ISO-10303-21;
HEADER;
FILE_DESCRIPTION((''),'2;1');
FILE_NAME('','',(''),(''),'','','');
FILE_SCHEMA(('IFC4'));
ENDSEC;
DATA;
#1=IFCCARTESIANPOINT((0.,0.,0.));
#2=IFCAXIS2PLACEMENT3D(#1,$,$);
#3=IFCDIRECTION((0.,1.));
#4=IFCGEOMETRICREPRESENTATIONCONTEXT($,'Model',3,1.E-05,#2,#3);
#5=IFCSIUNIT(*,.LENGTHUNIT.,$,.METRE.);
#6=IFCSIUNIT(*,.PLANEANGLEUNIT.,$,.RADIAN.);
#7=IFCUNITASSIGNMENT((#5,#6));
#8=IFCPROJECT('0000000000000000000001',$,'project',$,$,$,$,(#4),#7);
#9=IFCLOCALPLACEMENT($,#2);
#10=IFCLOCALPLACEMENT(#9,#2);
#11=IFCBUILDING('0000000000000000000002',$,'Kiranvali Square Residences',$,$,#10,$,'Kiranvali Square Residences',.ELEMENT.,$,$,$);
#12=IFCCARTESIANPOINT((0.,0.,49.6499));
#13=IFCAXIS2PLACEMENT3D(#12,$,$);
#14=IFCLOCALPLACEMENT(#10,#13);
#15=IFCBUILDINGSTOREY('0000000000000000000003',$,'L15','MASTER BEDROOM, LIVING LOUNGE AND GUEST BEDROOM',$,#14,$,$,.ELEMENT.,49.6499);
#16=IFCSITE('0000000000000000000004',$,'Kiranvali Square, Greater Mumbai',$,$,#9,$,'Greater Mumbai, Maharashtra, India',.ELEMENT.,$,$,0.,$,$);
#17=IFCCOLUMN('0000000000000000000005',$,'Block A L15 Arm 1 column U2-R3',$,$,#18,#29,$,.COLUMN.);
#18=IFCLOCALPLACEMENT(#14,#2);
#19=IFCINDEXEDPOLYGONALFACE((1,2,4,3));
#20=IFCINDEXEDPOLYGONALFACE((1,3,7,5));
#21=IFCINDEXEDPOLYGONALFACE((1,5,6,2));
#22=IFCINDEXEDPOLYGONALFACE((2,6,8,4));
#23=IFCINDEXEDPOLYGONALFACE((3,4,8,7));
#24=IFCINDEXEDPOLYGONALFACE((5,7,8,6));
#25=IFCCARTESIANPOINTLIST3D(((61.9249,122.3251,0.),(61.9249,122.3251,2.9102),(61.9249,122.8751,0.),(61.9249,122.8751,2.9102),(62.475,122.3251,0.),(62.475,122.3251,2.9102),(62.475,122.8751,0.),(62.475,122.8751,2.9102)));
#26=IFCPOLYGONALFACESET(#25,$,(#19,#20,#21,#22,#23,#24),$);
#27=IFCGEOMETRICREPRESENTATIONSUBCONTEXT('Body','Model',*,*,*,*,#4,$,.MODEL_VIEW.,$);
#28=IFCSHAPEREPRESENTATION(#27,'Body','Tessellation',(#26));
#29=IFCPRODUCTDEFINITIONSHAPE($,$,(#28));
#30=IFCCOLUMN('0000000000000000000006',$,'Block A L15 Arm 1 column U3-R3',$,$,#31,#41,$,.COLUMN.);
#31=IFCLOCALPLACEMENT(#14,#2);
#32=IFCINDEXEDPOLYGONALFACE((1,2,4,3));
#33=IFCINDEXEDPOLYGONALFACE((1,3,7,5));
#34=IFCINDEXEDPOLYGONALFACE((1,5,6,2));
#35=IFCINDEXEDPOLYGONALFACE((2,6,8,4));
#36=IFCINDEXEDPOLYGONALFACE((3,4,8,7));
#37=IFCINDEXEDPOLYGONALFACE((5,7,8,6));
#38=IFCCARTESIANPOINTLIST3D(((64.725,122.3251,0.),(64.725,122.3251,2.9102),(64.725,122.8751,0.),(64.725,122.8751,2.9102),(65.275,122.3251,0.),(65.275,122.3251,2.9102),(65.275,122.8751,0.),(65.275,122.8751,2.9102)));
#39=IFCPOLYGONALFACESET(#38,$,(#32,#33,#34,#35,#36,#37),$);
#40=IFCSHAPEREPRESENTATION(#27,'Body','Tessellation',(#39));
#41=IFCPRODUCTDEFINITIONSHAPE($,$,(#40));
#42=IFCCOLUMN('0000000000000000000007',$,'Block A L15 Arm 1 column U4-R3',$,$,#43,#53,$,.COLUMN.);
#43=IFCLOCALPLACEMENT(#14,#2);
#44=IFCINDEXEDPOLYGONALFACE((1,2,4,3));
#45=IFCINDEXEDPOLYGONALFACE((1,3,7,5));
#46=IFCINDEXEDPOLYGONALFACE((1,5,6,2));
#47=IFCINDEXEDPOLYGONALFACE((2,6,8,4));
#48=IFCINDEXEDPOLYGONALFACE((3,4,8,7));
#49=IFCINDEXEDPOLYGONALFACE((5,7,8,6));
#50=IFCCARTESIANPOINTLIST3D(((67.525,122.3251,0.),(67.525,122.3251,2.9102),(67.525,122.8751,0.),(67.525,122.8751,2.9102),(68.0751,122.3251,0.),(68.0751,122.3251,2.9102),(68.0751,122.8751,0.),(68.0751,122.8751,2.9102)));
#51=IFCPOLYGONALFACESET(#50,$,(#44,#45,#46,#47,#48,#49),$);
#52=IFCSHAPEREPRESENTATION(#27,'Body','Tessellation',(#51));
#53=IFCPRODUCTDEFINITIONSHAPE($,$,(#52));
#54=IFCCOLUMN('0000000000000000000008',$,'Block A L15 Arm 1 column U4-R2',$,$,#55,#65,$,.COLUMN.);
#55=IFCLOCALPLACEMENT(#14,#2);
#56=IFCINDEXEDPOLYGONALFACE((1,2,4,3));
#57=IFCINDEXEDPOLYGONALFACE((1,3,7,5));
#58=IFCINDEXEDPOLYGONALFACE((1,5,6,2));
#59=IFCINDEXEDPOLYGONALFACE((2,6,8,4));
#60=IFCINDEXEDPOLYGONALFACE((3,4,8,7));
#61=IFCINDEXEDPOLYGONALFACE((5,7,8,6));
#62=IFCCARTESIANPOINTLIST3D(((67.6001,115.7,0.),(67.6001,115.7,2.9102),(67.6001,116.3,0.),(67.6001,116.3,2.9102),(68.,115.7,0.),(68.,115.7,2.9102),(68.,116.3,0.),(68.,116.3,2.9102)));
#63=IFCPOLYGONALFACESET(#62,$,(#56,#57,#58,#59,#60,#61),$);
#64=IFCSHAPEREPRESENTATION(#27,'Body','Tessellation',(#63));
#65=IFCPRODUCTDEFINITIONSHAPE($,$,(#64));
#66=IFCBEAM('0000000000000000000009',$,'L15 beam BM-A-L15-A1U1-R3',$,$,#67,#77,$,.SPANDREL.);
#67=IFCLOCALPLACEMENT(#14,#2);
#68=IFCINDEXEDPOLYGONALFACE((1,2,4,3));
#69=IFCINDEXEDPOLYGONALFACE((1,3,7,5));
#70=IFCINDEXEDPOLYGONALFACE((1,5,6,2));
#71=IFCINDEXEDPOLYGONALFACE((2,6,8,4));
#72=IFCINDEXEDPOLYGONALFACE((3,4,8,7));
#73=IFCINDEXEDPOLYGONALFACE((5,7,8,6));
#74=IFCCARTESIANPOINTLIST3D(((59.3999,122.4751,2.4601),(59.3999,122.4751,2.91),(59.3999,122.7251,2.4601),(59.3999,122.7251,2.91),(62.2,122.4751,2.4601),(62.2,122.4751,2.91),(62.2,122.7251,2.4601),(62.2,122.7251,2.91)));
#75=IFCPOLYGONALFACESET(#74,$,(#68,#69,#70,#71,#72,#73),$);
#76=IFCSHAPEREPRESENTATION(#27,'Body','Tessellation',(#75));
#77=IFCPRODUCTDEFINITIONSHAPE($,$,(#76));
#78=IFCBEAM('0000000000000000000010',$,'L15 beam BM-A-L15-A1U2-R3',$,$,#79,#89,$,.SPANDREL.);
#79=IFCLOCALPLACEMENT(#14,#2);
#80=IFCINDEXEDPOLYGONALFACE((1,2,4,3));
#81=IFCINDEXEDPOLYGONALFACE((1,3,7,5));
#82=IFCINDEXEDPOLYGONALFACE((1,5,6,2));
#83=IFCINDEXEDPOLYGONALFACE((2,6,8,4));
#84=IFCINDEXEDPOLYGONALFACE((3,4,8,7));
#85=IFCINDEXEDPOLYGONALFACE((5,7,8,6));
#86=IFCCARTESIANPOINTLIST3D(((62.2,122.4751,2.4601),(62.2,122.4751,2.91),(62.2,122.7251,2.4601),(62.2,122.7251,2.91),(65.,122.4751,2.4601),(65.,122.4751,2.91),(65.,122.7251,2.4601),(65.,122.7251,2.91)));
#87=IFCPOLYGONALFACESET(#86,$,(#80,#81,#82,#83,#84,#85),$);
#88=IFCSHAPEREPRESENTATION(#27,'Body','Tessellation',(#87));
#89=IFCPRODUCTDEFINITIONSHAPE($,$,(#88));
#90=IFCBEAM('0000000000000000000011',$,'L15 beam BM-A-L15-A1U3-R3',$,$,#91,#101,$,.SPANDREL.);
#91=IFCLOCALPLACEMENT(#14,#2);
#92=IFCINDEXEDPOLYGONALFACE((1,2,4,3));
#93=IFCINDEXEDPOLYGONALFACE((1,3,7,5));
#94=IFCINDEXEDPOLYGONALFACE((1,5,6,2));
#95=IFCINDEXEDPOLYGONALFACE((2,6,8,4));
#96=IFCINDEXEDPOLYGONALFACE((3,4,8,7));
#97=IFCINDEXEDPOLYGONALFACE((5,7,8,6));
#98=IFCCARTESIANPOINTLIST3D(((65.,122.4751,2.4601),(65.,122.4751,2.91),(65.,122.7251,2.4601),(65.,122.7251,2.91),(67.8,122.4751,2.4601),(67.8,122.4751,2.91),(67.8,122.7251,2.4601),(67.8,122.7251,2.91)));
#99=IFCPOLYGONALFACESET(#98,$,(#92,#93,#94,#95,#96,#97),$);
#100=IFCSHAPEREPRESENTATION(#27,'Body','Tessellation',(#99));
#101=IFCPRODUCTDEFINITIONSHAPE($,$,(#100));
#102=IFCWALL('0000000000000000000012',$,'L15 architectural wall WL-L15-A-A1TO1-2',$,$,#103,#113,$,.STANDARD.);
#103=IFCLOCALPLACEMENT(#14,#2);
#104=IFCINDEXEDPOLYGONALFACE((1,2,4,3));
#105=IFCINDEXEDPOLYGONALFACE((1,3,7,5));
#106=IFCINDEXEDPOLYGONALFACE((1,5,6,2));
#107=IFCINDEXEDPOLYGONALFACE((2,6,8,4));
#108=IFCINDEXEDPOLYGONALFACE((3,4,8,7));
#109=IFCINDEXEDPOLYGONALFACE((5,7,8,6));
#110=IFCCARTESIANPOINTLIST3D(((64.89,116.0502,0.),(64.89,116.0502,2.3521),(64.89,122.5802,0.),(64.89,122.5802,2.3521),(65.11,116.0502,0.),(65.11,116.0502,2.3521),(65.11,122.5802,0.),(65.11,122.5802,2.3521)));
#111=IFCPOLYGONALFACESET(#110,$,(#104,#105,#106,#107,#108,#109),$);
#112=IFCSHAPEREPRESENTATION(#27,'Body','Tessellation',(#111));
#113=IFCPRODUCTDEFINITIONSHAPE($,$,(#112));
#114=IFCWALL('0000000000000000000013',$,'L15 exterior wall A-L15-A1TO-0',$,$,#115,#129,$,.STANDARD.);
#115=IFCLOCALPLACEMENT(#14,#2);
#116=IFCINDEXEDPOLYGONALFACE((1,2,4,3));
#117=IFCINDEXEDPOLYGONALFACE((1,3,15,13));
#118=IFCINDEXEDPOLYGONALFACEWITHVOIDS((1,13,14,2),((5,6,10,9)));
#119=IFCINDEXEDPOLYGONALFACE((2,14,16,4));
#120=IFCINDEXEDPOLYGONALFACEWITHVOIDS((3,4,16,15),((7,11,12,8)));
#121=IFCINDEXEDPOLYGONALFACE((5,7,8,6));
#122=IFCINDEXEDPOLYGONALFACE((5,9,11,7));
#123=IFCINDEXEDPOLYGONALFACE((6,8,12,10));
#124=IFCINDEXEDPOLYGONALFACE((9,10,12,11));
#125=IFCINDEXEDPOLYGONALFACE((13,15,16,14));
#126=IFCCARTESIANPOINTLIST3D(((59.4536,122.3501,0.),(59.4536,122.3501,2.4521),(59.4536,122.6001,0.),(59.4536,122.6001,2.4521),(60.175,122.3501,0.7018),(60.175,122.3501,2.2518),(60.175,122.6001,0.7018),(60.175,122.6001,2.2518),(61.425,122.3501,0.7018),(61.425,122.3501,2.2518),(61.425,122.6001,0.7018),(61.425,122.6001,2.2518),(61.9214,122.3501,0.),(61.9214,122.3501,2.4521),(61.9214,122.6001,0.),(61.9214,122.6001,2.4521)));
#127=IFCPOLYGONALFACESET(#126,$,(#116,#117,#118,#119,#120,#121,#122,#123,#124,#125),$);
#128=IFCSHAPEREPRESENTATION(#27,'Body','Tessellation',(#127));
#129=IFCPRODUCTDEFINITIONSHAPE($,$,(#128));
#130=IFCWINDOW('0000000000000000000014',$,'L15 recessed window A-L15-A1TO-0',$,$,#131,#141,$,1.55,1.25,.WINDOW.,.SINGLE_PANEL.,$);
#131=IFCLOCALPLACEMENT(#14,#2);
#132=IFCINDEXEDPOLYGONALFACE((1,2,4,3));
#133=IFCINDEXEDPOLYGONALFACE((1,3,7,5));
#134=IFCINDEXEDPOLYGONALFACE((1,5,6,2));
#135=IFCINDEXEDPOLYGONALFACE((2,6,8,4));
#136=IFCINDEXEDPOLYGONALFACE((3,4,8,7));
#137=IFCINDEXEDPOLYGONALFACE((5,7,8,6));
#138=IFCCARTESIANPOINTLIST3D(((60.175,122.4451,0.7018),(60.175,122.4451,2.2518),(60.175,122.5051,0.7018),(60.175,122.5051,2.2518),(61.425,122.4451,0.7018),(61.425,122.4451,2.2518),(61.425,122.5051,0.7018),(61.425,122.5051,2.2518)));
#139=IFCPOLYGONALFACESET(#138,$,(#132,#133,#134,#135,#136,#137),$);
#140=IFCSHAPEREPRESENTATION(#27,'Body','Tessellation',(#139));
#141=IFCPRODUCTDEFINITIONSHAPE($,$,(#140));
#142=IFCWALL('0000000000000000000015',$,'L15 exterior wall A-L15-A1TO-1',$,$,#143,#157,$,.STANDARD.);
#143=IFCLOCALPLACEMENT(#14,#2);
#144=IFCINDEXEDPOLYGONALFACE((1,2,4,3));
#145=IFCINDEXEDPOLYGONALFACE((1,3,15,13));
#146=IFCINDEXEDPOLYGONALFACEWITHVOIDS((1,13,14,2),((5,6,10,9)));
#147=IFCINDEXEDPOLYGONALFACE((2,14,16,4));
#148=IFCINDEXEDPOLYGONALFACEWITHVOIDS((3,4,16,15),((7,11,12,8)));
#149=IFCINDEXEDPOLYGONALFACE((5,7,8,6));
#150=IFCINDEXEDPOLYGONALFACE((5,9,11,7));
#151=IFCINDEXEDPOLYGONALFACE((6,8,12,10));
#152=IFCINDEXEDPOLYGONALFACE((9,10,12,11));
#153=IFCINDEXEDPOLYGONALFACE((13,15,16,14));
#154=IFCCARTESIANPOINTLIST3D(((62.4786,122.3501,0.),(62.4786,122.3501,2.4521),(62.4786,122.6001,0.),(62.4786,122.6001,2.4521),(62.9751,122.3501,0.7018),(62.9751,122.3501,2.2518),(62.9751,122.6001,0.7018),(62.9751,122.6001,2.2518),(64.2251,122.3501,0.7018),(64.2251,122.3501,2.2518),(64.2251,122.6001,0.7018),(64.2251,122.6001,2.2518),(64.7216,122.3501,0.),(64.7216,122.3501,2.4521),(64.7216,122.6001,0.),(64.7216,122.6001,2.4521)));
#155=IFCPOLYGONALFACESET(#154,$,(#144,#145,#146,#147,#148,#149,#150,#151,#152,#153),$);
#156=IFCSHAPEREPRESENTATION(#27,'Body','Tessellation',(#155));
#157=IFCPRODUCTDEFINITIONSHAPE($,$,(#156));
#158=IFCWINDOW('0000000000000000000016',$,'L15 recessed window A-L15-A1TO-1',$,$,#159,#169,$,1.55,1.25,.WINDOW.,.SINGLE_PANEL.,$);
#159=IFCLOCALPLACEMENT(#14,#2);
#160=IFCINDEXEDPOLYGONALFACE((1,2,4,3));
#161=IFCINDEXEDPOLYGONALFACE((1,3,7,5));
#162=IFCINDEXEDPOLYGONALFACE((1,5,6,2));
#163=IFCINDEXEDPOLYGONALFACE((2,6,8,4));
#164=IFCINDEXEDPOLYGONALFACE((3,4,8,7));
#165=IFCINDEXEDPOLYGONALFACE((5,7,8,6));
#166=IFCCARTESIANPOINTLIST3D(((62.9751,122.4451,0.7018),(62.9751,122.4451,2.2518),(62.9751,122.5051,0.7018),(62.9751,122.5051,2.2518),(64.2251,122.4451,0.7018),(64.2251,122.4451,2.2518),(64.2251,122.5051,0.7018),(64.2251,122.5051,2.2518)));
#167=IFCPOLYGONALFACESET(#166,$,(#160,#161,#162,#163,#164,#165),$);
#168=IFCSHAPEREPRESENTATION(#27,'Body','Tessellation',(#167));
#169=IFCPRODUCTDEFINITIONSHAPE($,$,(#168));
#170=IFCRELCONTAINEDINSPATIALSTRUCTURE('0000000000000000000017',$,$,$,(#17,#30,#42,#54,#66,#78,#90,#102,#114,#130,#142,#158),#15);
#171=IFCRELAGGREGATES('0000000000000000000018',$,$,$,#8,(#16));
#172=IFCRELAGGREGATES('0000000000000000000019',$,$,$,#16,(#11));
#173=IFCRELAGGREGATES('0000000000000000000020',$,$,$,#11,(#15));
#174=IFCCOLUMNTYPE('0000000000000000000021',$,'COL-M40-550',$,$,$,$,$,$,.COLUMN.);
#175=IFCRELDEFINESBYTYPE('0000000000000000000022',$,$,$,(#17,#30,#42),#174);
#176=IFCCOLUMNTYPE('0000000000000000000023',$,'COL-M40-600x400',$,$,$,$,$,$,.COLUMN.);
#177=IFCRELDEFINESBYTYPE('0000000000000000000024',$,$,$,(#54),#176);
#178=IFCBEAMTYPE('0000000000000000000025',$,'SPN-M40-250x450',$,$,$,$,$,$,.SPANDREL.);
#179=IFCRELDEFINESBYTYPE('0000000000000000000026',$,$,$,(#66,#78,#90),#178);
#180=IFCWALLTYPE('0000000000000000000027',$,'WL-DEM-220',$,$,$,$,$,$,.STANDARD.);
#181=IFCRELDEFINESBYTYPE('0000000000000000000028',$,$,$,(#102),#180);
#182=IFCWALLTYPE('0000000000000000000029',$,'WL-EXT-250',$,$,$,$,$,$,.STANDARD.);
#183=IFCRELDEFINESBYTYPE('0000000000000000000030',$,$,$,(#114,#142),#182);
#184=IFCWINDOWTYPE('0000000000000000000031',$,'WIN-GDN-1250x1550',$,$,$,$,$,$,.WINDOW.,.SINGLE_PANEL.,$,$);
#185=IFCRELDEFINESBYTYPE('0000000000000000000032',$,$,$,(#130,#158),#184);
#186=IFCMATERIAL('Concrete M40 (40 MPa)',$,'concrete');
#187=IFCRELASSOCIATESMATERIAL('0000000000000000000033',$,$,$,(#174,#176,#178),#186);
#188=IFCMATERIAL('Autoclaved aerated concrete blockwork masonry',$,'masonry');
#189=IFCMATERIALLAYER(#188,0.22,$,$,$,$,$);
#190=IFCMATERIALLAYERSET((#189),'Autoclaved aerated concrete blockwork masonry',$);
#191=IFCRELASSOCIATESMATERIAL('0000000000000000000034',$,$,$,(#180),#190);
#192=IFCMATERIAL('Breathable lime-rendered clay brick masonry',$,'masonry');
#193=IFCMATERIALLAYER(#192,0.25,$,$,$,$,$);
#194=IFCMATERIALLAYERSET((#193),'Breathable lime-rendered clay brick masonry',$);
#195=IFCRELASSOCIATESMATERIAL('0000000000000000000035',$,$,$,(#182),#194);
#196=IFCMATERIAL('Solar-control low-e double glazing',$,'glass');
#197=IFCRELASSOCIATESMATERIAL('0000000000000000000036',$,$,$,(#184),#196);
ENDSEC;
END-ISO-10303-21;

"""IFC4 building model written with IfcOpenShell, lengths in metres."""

from ifc_helpers import new_model, si_unit, direction, frame, frame_2d, origin, origin_2d, place, context, subcontext, project, spatial, rectangle, extrude, material, layer, layer_set, material_profile, profile_set, type_object, element, fill, save


model = new_model("IFC4")

# Units and contexts
model_context = context("Model", 3, precision=1e-05, world=origin(), true_north=direction((0.0, 1.0)))
body_context = subcontext(model_context, "Body", "Model", "MODEL_VIEW")
ifc_project = project(units=[si_unit("LENGTHUNIT", "METRE"), si_unit("PLANEANGLEUNIT", "RADIAN")], contexts=[model_context])

# Site, building, storey
site_placement = place(None, origin())
site = spatial("IfcSite", under=ifc_project, at=site_placement, Name="Kiranvali Square, Greater Mumbai", LongName="Greater Mumbai, Maharashtra, India", CompositionType="ELEMENT", RefElevation=0.0)
building_placement = place(site_placement, origin())
building = spatial("IfcBuilding", under=site, at=building_placement, Name="Kiranvali Square Residences", LongName="Kiranvali Square Residences", CompositionType="ELEMENT")
storey_placement = place(building_placement, frame((0.0, 0.0, 49.6499)))
storey = spatial("IfcBuildingStorey", under=building, at=storey_placement, Name="L15", Description="MASTER BEDROOM, LIVING LOUNGE AND GUEST BEDROOM", CompositionType="ELEMENT", Elevation=49.6499)

# Columns
ifc_material_1 = material(Name="Concrete M40 (40 MPa)", Category="concrete")
ifc_material_profile_1 = material_profile(ifc_material_1, rectangle(XDim=0.55, YDim=0.55, at=origin_2d()), Name="RC 550x550")
ifc_profile_set_1 = profile_set([ifc_material_profile_1], Name="Concrete M40 (40 MPa)")
column_type_1 = type_object("IfcColumnType", Name="COL-M40-550", PredefinedType="COLUMN", material=ifc_profile_set_1)
for number, where, z_axis, x_axis, name in (
    (1, (62.2, 122.6001, 0.0), (0.0, 0.0, 1.0), (1.0, 0.0, 0.0), "Block A L15 Arm 1 column U2-R3"),
    (2, (65.0, 122.6001, 0.0), (0.0, 0.0, 1.0), (1.0, 0.0, 0.0), "Block A L15 Arm 1 column U3-R3"),
    (3, (67.8, 122.6001, 0.0), (0.0, 0.0, 1.0), (1.0, 0.0, 0.0), "Block A L15 Arm 1 column U4-R3"),
):
    element("IfcColumn", number, at=place(storey_placement, frame(where, z_axis=z_axis, x_axis=x_axis)), inside=storey, type_object=column_type_1, Name=name, PredefinedType="COLUMN", context=body_context, shape_type="SweptSolid", body=[
        extrude(rectangle(XDim=0.55, YDim=0.55, at=origin_2d()), origin(), (0.0, 0.0, 1.0), 2.9102),
    ])
ifc_material_profile_2 = material_profile(ifc_material_1, rectangle(XDim=0.3999, YDim=0.6001, at=origin_2d()), Name="RC 600x400")
ifc_profile_set_2 = profile_set([ifc_material_profile_2], Name="Concrete M40 (40 MPa)")
column_type_2 = type_object("IfcColumnType", Name="COL-M40-600x400", PredefinedType="COLUMN", material=ifc_profile_set_2)
column_placement = place(storey_placement, frame((67.8, 116.0, 0.0), z_axis=(0.0, 0.0, 1.0), x_axis=(1.0, 0.0, 0.0)))
element("IfcColumn", 4, at=column_placement, inside=storey, type_object=column_type_2, Name="Block A L15 Arm 1 column U4-R2", PredefinedType="COLUMN", context=body_context, shape_type="SweptSolid", body=[
    extrude(rectangle(XDim=0.3999, YDim=0.6001, at=origin_2d()), origin(), (0.0, 0.0, 1.0), 2.9102),
])

# Beams
ifc_material_profile_3 = material_profile(ifc_material_1, rectangle(XDim=0.25, YDim=0.45, at=origin_2d()), Name="RC 250x450")
ifc_profile_set_3 = profile_set([ifc_material_profile_3], Name="Concrete M40 (40 MPa)")
beam_type = type_object("IfcBeamType", Name="SPN-M40-250x450", PredefinedType="SPANDREL", material=ifc_profile_set_3)
for number, where, z_axis, x_axis, name in (
    (5, (59.3999, 122.6001, 2.6851), (1.0, 0.0, 0.0), (0.0, 1.0, 0.0), "L15 beam BM-A-L15-A1U1-R3"),
    (6, (62.2, 122.6001, 2.6851), (1.0, 0.0, 0.0), (0.0, 1.0, 0.0), "L15 beam BM-A-L15-A1U2-R3"),
    (7, (65.0, 122.6001, 2.6851), (1.0, 0.0, 0.0), (0.0, 1.0, 0.0), "L15 beam BM-A-L15-A1U3-R3"),
):
    element("IfcBeam", number, at=place(storey_placement, frame(where, z_axis=z_axis, x_axis=x_axis)), inside=storey, type_object=beam_type, Name=name, PredefinedType="SPANDREL", context=body_context, shape_type="SweptSolid", body=[
        extrude(rectangle(XDim=0.25, YDim=0.45, at=origin_2d()), origin(), (0.0, 0.0, 1.0), 2.8),
    ])

# Wall
ifc_material_2 = material(Name="Autoclaved aerated concrete blockwork masonry", Category="masonry")
ifc_layer_1 = layer(ifc_material_2, 0.22)
ifc_layer_set_1 = layer_set([ifc_layer_1], Name="Autoclaved aerated concrete blockwork masonry")
wall_type_1 = type_object("IfcWallType", Name="WL-DEM-220", PredefinedType="STANDARD", material=ifc_layer_set_1)
wall_1_placement = place(storey_placement, frame((65.0, 116.05, 0.0), z_axis=(0.0, 0.0, 1.0), x_axis=(0.0, 1.0, 0.0)))
element("IfcWall", 8, at=wall_1_placement, inside=storey, type_object=wall_type_1, Name="L15 architectural wall WL-L15-A-A1TO1-2", PredefinedType="STANDARD", context=body_context, shape_type="SweptSolid", body=[
    extrude(rectangle(XDim=6.53, YDim=0.22, at=frame_2d((3.2651, 0.0))), origin(), (0.0, 0.0, 1.0), 2.3521),
])

# Walls, openings, windows
ifc_material_3 = material(Name="Breathable lime-rendered clay brick masonry", Category="masonry")
ifc_layer_2 = layer(ifc_material_3, 0.25)
ifc_layer_set_2 = layer_set([ifc_layer_2], Name="Breathable lime-rendered clay brick masonry")
wall_type_2 = type_object("IfcWallType", Name="WL-EXT-250", PredefinedType="STANDARD", material=ifc_layer_set_2)
wall_2_placement = place(storey_placement, frame((59.4536, 122.4751, 0.0), z_axis=(0.0, 0.0, 1.0), x_axis=(1.0, 0.0, 0.0)))
wall_2 = element("IfcWall", 9, at=wall_2_placement, inside=storey, type_object=wall_type_2, Name="L15 exterior wall A-L15-A1TO-0", PredefinedType="STANDARD", context=body_context, shape_type="SweptSolid", body=[
    extrude(rectangle(XDim=2.4678, YDim=0.25, at=frame_2d((1.2339, 0.0))), origin(), (0.0, 0.0, 1.0), 2.4521),
])
opening_1_placement = place(wall_2_placement, frame((0.7214, 0.0, 0.7019)))
opening_1 = element("IfcOpeningElement", 10, at=opening_1_placement, cuts=wall_2, PredefinedType="OPENING", context=body_context, shape_type="SweptSolid", body=[
    extrude(rectangle(XDim=1.25, YDim=1.55, at=frame_2d((0.625, 0.7749))), frame((0.0, 0.135, 0.0), z_axis=(0.0, -1.0, 0.0), x_axis=(1.0, 0.0, 0.0)), (0.0, 0.0, 1.0), 0.27),
])
ifc_material_4 = material(Name="Solar-control low-e double glazing", Category="glass")
window_type_1 = type_object("IfcWindowType", Name="WIN-GDN-1250x1550", PartitioningType="SINGLE_PANEL", PredefinedType="WINDOW", material=ifc_material_4)
window_1_placement = place(opening_1_placement, origin())
window_1 = element("IfcWindow", 11, at=window_1_placement, inside=storey, type_object=window_type_1, Name="L15 recessed window A-L15-A1TO-0", OverallHeight=1.55, OverallWidth=1.25, PartitioningType="SINGLE_PANEL", PredefinedType="WINDOW", context=body_context, shape_type="SweptSolid", body=[
    extrude(rectangle(XDim=1.25, YDim=1.55, at=frame_2d((0.625, 0.7749))), frame((0.0, 0.03, 0.0), z_axis=(0.0, -1.0, 0.0), x_axis=(1.0, 0.0, 0.0)), (0.0, 0.0, 1.0), 0.0601),
])
fill(opening_1, window_1)
wall_3_placement = place(storey_placement, frame((62.4785, 122.4751, 0.0), z_axis=(0.0, 0.0, 1.0), x_axis=(1.0, 0.0, 0.0)))
wall_3 = element("IfcWall", 12, at=wall_3_placement, inside=storey, type_object=wall_type_2, Name="L15 exterior wall A-L15-A1TO-1", PredefinedType="STANDARD", context=body_context, shape_type="SweptSolid", body=[
    extrude(rectangle(XDim=2.2429, YDim=0.25, at=frame_2d((1.1216, 0.0))), origin(), (0.0, 0.0, 1.0), 2.4521),
])
opening_2_placement = place(wall_3_placement, frame((0.4966, 0.0, 0.7019)))
opening_2 = element("IfcOpeningElement", 13, at=opening_2_placement, cuts=wall_3, PredefinedType="OPENING", context=body_context, shape_type="SweptSolid", body=[
    extrude(rectangle(XDim=1.25, YDim=1.55, at=frame_2d((0.625, 0.7749))), frame((0.0, 0.135, 0.0), z_axis=(0.0, -1.0, 0.0), x_axis=(1.0, 0.0, 0.0)), (0.0, 0.0, 1.0), 0.27),
])
window_2_placement = place(opening_2_placement, origin())
window_2 = element("IfcWindow", 14, at=window_2_placement, inside=storey, type_object=window_type_1, Name="L15 recessed window A-L15-A1TO-1", OverallHeight=1.55, OverallWidth=1.25, PartitioningType="SINGLE_PANEL", PredefinedType="WINDOW", context=body_context, shape_type="SweptSolid", body=[
    extrude(rectangle(XDim=1.25, YDim=1.55, at=frame_2d((0.625, 0.7749))), frame((0.0, 0.03, 0.0), z_axis=(0.0, -1.0, 0.0), x_axis=(1.0, 0.0, 0.0)), (0.0, 0.0, 1.0), 0.0601),
])
fill(opening_2, window_2)

save(model, "model.ifc")
